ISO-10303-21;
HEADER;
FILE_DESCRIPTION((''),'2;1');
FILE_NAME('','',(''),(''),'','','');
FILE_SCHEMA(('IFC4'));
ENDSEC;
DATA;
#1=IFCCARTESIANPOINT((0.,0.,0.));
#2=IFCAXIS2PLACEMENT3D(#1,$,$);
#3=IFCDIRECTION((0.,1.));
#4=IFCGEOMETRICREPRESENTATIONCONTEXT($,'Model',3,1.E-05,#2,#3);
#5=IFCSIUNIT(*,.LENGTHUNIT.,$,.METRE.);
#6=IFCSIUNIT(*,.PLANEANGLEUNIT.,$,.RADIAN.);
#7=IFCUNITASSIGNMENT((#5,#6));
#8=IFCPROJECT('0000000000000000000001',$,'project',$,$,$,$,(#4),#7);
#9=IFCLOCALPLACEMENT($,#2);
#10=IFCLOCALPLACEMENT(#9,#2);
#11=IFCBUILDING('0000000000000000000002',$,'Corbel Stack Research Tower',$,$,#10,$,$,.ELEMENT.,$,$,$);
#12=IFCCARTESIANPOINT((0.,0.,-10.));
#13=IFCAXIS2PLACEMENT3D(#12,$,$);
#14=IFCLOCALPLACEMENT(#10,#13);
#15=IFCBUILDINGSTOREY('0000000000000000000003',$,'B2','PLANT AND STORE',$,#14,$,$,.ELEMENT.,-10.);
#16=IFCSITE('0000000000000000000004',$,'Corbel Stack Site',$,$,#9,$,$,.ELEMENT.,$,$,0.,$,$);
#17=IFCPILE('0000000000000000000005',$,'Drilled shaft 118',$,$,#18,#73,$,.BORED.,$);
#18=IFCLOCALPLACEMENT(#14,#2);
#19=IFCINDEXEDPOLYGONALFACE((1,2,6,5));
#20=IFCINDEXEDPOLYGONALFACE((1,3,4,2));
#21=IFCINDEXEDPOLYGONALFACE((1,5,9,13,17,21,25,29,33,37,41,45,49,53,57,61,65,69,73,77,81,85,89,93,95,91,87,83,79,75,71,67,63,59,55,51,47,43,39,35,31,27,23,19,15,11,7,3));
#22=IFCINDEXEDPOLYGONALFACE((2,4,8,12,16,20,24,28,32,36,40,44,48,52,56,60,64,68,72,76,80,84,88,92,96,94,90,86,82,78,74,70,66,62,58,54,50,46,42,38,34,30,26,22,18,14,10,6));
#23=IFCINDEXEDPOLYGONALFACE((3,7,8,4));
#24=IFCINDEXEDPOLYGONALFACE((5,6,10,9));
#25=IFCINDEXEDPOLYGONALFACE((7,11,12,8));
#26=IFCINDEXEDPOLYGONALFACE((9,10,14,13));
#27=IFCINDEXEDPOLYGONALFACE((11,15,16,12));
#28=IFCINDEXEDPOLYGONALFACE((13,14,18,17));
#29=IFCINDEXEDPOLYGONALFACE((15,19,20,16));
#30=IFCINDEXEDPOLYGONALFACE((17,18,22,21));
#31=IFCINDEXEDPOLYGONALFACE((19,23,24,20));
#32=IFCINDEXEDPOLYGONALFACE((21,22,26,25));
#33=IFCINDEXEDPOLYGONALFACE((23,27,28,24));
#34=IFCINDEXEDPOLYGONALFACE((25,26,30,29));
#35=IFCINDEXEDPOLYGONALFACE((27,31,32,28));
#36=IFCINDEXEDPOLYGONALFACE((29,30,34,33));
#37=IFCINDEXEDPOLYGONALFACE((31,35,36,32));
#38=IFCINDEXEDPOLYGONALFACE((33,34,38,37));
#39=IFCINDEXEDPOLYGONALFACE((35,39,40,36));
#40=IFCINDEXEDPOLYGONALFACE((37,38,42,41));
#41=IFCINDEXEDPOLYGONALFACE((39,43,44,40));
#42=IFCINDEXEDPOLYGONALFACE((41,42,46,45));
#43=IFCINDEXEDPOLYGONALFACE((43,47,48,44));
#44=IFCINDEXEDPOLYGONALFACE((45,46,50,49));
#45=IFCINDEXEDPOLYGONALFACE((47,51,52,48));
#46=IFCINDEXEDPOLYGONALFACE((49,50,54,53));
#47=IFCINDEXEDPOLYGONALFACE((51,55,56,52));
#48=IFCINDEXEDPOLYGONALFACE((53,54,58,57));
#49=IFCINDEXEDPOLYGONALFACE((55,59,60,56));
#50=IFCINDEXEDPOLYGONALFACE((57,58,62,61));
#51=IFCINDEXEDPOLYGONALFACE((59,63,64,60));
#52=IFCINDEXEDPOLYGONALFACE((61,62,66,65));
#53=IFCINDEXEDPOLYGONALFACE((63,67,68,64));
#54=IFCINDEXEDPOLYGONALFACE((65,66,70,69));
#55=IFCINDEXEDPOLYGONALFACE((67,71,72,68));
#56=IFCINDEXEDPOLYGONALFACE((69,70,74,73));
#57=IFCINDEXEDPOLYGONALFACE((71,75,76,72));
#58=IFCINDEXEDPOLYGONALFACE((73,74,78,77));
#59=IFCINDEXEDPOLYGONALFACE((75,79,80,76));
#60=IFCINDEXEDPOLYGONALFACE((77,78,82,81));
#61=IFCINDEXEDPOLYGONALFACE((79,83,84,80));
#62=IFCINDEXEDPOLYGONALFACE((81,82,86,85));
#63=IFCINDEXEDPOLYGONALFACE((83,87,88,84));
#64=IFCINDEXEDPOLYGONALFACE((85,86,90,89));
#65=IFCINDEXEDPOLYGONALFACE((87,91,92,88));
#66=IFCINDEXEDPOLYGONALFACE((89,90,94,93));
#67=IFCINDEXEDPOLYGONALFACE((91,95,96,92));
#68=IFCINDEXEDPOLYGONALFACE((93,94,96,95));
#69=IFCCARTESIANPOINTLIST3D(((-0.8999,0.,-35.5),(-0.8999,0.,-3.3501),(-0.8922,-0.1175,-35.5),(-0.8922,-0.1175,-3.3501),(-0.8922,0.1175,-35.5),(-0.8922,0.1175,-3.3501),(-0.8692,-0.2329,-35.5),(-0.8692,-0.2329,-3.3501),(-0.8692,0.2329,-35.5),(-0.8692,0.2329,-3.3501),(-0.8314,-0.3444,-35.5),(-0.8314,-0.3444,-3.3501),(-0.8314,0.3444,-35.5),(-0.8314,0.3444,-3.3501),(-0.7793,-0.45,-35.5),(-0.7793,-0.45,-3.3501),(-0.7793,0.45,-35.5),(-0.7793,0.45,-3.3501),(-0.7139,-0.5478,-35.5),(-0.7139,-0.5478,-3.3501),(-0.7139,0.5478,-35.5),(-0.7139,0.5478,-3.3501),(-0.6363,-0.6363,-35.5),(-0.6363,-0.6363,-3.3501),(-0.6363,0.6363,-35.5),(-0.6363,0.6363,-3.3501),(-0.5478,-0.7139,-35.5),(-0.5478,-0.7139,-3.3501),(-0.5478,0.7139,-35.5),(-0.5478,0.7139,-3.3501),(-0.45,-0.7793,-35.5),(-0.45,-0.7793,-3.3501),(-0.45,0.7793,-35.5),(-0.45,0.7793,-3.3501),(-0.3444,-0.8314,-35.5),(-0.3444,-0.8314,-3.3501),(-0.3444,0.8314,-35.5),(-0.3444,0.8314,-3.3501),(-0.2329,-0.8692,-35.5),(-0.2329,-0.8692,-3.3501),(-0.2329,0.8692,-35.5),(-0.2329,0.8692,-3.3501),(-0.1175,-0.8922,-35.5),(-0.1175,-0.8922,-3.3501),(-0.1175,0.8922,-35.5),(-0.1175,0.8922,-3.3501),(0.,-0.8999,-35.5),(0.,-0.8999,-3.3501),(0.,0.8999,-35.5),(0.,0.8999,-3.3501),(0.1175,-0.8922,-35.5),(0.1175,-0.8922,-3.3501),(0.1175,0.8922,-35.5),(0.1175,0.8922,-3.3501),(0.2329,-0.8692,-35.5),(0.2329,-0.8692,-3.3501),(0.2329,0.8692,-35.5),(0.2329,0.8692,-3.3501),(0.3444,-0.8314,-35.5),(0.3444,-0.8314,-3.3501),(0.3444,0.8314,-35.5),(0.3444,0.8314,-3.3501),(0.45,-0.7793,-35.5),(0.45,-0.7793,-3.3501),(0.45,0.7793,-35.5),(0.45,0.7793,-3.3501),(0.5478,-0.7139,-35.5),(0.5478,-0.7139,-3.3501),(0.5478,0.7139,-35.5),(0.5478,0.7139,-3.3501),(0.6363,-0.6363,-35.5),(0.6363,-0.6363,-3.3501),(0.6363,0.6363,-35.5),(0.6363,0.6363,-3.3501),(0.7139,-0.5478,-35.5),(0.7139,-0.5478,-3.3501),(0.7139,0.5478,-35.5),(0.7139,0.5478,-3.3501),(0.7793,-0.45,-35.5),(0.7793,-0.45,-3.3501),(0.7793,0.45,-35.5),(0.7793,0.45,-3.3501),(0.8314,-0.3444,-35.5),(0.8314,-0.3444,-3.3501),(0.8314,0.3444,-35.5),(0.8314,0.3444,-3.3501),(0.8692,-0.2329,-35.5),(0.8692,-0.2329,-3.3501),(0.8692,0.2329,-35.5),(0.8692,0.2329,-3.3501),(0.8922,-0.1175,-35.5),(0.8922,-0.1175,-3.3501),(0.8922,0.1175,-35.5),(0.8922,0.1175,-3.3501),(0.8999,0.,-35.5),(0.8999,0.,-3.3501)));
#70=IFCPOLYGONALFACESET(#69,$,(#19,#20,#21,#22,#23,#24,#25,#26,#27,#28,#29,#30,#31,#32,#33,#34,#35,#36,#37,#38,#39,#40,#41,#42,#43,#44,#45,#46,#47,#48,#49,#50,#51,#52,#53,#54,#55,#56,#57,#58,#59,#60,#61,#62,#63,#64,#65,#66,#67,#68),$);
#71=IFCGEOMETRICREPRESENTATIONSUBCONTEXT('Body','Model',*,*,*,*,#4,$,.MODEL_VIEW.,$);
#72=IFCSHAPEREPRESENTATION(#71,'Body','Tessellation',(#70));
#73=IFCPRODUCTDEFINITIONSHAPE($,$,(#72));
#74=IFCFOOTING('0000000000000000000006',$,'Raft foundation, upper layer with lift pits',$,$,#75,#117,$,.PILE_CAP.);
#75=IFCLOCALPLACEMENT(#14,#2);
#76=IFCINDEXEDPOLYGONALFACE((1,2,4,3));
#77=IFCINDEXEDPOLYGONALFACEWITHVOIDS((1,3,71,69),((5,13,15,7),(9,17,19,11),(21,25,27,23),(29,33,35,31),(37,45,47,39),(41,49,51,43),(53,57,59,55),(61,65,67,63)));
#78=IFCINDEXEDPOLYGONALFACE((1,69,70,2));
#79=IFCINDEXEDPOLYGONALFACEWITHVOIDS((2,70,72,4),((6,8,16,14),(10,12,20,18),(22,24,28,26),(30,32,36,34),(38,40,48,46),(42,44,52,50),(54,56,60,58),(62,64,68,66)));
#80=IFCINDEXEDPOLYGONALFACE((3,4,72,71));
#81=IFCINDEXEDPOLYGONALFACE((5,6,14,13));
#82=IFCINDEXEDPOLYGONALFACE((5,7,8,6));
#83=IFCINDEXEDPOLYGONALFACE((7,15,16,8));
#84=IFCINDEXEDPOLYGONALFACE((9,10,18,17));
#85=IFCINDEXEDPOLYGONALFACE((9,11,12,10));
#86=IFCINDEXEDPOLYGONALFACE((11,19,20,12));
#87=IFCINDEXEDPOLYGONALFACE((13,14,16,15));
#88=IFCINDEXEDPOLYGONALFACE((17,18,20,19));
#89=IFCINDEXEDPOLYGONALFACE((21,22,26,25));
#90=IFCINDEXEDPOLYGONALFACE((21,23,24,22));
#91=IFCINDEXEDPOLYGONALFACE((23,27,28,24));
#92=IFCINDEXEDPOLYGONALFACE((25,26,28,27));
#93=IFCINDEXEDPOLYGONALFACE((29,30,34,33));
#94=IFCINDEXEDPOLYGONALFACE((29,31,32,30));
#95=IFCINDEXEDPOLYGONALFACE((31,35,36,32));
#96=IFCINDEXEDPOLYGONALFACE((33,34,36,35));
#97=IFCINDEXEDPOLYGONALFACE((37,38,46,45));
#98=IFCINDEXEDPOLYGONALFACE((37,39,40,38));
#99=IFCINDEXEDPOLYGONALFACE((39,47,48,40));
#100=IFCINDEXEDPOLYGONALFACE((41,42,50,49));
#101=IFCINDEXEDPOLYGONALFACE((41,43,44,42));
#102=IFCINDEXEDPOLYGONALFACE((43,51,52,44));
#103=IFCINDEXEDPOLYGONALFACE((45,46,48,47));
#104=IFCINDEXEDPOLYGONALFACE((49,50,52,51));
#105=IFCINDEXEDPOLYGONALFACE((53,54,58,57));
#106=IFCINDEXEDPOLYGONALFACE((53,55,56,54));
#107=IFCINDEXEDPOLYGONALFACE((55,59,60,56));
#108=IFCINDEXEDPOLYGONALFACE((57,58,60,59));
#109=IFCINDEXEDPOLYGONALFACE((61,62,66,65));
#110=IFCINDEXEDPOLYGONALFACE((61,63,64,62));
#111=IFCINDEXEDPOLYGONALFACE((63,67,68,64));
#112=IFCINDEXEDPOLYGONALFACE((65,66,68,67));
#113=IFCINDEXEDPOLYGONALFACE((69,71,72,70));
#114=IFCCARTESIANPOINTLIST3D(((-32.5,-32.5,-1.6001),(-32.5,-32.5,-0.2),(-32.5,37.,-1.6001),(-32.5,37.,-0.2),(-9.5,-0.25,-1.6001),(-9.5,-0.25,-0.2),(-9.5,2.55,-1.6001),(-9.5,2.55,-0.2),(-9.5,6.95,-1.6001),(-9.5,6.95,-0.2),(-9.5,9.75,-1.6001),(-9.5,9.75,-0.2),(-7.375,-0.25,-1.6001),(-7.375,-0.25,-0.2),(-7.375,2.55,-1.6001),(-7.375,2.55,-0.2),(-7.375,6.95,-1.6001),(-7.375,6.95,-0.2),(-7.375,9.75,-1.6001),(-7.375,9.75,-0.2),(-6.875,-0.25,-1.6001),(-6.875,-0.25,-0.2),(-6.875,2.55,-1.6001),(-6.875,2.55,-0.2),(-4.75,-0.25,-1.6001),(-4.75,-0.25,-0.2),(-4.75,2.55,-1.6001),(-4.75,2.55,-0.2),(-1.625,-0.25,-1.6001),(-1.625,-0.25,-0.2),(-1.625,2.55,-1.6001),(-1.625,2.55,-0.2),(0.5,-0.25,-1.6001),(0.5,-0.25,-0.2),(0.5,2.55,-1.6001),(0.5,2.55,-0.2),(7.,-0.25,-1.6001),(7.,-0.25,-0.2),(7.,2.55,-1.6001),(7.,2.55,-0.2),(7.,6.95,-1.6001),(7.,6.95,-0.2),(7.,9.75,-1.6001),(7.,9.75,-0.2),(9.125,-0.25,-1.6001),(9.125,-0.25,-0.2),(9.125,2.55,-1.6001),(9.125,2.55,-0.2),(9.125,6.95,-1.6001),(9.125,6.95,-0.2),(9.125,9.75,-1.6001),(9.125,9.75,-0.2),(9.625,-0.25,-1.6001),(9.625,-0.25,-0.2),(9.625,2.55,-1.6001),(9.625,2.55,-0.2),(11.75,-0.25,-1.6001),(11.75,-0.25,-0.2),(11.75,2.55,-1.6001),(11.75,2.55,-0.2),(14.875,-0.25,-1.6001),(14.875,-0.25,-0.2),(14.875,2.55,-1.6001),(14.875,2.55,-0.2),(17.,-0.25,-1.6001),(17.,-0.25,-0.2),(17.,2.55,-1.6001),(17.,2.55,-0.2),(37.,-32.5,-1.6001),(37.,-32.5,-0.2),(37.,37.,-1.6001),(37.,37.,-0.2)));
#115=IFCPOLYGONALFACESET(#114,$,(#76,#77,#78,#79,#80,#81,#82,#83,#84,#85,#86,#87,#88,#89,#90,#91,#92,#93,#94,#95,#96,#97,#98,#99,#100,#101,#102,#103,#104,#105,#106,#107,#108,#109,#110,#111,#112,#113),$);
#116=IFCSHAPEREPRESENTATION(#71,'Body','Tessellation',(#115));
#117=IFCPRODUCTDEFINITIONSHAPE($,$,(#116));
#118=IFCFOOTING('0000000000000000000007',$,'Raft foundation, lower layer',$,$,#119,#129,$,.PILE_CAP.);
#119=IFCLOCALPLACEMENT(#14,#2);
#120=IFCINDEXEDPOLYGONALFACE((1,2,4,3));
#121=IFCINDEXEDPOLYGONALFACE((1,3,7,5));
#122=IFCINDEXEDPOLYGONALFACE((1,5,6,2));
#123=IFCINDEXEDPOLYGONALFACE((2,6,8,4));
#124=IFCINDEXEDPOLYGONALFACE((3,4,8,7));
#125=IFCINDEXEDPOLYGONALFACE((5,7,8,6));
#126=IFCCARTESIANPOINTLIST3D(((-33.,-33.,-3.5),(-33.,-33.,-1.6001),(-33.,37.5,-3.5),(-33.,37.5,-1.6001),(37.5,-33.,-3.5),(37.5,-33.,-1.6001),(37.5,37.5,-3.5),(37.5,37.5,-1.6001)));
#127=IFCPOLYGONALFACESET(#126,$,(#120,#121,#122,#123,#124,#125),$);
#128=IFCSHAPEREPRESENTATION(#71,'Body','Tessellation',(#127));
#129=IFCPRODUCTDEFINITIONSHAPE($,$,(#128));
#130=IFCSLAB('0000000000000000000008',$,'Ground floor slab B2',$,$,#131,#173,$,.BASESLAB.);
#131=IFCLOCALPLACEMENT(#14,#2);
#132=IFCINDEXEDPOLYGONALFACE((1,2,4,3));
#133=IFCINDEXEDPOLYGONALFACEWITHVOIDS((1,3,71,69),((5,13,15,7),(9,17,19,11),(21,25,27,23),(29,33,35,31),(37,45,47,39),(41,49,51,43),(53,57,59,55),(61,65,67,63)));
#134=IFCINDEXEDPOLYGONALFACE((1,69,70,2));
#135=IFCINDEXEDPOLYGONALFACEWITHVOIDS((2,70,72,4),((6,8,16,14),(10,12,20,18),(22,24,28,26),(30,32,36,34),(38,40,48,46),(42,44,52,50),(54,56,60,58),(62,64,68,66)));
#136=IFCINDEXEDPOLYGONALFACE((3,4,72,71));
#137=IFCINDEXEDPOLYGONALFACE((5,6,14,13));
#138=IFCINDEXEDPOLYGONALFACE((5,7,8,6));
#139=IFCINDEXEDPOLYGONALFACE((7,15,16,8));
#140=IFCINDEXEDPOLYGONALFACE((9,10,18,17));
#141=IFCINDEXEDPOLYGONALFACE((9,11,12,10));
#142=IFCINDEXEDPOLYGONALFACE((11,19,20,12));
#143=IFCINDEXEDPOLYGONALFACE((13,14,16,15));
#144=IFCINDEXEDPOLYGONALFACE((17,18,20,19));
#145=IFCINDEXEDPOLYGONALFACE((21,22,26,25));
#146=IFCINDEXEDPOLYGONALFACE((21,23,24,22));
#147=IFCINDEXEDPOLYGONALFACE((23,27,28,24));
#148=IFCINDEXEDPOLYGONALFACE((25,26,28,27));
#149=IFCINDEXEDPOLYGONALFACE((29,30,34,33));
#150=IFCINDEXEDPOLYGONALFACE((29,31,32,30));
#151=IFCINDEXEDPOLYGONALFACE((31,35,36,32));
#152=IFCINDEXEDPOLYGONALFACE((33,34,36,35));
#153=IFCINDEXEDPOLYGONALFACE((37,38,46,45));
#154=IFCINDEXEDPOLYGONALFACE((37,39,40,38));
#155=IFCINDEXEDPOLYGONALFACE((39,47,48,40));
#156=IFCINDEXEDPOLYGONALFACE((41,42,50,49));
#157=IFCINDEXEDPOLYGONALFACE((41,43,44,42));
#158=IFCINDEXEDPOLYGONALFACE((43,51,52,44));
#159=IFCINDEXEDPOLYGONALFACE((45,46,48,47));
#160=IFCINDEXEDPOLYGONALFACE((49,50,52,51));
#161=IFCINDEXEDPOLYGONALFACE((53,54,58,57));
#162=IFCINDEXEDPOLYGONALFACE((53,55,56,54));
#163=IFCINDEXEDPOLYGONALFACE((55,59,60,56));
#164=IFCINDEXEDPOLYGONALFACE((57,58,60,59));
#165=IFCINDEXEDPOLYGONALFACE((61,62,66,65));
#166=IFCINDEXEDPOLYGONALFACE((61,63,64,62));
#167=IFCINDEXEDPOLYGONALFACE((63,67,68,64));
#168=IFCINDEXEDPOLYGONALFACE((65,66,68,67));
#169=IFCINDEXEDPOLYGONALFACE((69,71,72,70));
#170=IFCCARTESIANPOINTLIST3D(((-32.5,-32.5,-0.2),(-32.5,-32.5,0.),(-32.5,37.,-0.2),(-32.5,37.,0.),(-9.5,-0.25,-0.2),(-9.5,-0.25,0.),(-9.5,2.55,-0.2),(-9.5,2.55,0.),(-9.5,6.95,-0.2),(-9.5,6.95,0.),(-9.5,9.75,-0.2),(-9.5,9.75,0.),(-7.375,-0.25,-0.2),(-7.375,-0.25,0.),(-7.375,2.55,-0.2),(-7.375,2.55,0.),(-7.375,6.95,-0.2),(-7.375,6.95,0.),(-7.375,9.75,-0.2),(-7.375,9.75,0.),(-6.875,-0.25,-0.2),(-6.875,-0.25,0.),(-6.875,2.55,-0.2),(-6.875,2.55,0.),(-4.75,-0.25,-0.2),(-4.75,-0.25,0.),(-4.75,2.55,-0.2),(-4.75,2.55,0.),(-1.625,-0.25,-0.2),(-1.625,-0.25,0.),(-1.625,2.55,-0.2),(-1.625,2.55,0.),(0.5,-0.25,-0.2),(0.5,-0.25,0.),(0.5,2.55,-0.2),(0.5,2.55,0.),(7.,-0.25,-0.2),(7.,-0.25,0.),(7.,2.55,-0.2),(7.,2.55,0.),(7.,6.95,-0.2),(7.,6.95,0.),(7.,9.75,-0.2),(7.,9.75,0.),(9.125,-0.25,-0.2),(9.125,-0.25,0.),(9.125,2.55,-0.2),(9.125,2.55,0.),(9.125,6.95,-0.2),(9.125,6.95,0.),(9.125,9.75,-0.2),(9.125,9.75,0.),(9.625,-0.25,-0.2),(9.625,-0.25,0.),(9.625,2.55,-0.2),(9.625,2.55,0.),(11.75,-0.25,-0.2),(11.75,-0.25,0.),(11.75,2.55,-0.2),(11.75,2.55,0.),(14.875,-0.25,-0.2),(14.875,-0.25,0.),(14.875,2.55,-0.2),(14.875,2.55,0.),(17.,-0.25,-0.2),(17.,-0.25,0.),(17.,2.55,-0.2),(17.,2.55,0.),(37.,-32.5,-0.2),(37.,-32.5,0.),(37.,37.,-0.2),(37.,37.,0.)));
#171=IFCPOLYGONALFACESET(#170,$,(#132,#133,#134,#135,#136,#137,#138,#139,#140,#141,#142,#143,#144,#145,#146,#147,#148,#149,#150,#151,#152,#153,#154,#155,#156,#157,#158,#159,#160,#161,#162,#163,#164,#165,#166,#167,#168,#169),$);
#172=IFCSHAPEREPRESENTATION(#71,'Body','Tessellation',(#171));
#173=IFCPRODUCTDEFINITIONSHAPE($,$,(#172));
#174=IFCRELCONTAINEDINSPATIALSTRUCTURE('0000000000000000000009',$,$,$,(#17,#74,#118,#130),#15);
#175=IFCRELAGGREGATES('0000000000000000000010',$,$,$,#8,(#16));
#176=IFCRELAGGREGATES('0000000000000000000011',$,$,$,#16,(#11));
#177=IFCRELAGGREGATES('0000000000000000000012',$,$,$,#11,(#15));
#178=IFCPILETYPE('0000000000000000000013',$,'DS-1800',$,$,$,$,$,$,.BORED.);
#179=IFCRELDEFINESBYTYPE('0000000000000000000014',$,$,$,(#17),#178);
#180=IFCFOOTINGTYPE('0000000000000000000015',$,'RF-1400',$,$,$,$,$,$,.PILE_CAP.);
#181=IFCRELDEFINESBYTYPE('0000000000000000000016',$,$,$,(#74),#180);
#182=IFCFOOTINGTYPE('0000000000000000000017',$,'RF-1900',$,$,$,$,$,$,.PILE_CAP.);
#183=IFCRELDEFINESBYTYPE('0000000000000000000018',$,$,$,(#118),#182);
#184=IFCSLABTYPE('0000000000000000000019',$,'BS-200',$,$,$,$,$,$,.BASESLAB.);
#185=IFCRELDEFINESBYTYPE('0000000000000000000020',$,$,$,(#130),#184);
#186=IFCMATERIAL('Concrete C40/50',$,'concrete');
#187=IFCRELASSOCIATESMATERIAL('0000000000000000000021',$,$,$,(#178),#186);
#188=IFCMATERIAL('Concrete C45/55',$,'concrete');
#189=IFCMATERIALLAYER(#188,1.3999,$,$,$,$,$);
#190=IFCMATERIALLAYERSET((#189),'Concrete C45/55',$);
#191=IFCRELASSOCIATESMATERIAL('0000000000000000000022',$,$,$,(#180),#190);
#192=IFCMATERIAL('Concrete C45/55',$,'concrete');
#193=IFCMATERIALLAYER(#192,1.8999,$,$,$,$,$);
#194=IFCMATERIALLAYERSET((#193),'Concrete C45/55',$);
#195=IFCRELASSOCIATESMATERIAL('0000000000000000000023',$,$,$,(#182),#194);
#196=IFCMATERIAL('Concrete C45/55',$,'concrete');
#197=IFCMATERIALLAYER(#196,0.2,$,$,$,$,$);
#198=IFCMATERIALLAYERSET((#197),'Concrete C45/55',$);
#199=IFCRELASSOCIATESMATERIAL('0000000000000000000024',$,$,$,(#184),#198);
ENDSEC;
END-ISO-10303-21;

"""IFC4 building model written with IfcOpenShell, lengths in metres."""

from ifc_helpers import new_model, si_unit, direction, frame, origin, origin_2d, place, context, subcontext, project, spatial, polyline, circle, outline, extrude, material, layer, layer_set, material_profile, profile_set, type_object, element, save


model = new_model("IFC4")

# Units and contexts
model_context = context("Model", 3, precision=1e-05, world=origin(), true_north=direction((0.0, 1.0)))
body_context = subcontext(model_context, "Body", "Model", "MODEL_VIEW")
ifc_project = project(units=[si_unit("LENGTHUNIT", "METRE"), si_unit("PLANEANGLEUNIT", "RADIAN")], contexts=[model_context])

# Site, building, storey
site_placement = place(None, origin())
site = spatial("IfcSite", under=ifc_project, at=site_placement, Name="Corbel Stack Site", CompositionType="ELEMENT", RefElevation=0.0)
building_placement = place(site_placement, origin())
building = spatial("IfcBuilding", under=site, at=building_placement, Name="Corbel Stack Research Tower", CompositionType="ELEMENT")
storey_placement = place(building_placement, frame((0.0, 0.0, -10.0)))
storey = spatial("IfcBuildingStorey", under=building, at=storey_placement, Name="B2", Description="PLANT AND STORE", CompositionType="ELEMENT", Elevation=-10.0)

# Pile
ifc_material_1 = material(Name="Concrete C40/50", Category="concrete")
ifc_material_profile = material_profile(ifc_material_1, circle(Radius=0.8999, at=origin_2d()), Name="Shaft 1800")
ifc_profile_set = profile_set([ifc_material_profile], Name="Concrete C40/50")
pile_type = type_object("IfcPileType", Name="DS-1800", PredefinedType="BORED", material=ifc_profile_set)
for number, where, z_axis, x_axis, name in (
    (1, (0.0, 0.0, -3.3501), (0.0, 0.0, -1.0), (1.0, 0.0, 0.0), "Drilled shaft 118"),
):
    element("IfcPile", number, at=place(storey_placement, frame(where, z_axis=z_axis, x_axis=x_axis)), inside=storey, type_object=pile_type, Name=name, PredefinedType="BORED", context=body_context, shape_type="SweptSolid", body=[
        extrude(circle(Radius=0.8999, at=origin_2d()), origin(), (0.0, 0.0, 1.0), 32.1499),
    ])

# Footings
ifc_material_2 = material(Name="Concrete C45/55", Category="concrete")
ifc_layer_1 = layer(ifc_material_2, 1.3999)
ifc_layer_set_1 = layer_set([ifc_layer_1], Name="Concrete C45/55")
footing_type_1 = type_object("IfcFootingType", Name="RF-1400", PredefinedType="PILE_CAP", material=ifc_layer_set_1)
footing_1_placement = place(storey_placement, frame((0.0, 0.0, -1.6001)))
element("IfcFooting", 2, at=footing_1_placement, inside=storey, type_object=footing_type_1, Name="Raft foundation, upper layer with lift pits", PredefinedType="PILE_CAP", context=body_context, shape_type="SweptSolid", body=[
    extrude(outline(polyline([(37.0, -32.5), (37.0, 37.0), (-32.5, 37.0), (-32.5, -32.5), (37.0, -32.5)]), holes=[polyline([(14.875, 2.55), (17.0, 2.55), (17.0, -0.25), (14.875, -0.25), (14.875, 2.55)]), polyline([(9.625, 2.55), (11.75, 2.55), (11.75, -0.25), (9.625, -0.25), (9.625, 2.55)]), polyline([(9.125, 2.55), (9.125, -0.25), (7.0, -0.25), (7.0, 2.55), (9.125, 2.55)]), polyline([(7.0, 6.95), (7.0, 9.75), (9.125, 9.75), (9.125, 6.95), (7.0, 6.95)]), polyline([(-1.625, 2.55), (0.5, 2.55), (0.5, -0.25), (-1.625, -0.25), (-1.625, 2.55)]), polyline([(-6.875, 2.55), (-4.75, 2.55), (-4.75, -0.25), (-6.875, -0.25), (-6.875, 2.55)]), polyline([(-7.375, 2.55), (-7.375, -0.25), (-9.5, -0.25), (-9.5, 2.55), (-7.375, 2.55)]), polyline([(-9.5, 6.95), (-9.5, 9.75), (-7.375, 9.75), (-7.375, 6.95), (-9.5, 6.95)])]), origin(), (0.0, 0.0, 1.0), 1.4001),
])
ifc_material_3 = material(Name="Concrete C45/55", Category="concrete")
ifc_layer_2 = layer(ifc_material_3, 1.8999)
ifc_layer_set_2 = layer_set([ifc_layer_2], Name="Concrete C45/55")
footing_type_2 = type_object("IfcFootingType", Name="RF-1900", PredefinedType="PILE_CAP", material=ifc_layer_set_2)
footing_2_placement = place(storey_placement, frame((0.0, 0.0, -3.5)))
element("IfcFooting", 3, at=footing_2_placement, inside=storey, type_object=footing_type_2, Name="Raft foundation, lower layer", PredefinedType="PILE_CAP", context=body_context, shape_type="SweptSolid", body=[
    extrude(outline(polyline([(-33.0, -33.0), (37.5, -33.0), (37.5, 37.5), (-33.0, 37.5), (-33.0, -33.0)])), origin(), (0.0, 0.0, 1.0), 1.8999),
])

# Slab
ifc_material_4 = material(Name="Concrete C45/55", Category="concrete")
ifc_layer_3 = layer(ifc_material_4, 0.2)
ifc_layer_set_3 = layer_set([ifc_layer_3], Name="Concrete C45/55")
slab_type_1 = type_object("IfcSlabType", Name="BS-200", PredefinedType="BASESLAB", material=ifc_layer_set_3)
slab_1_placement = place(storey_placement, frame((0.0, 0.0, -0.2)))
element("IfcSlab", 4, at=slab_1_placement, inside=storey, type_object=slab_type_1, Name="Ground floor slab B2", PredefinedType="BASESLAB", context=body_context, shape_type="SweptSolid", body=[
    extrude(outline(polyline([(37.0, -32.5), (37.0, 37.0), (-32.5, 37.0), (-32.5, -32.5), (37.0, -32.5)]), holes=[polyline([(14.875, 2.55), (17.0, 2.55), (17.0, -0.25), (14.875, -0.25), (14.875, 2.55)]), polyline([(9.625, 2.55), (11.75, 2.55), (11.75, -0.25), (9.625, -0.25), (9.625, 2.55)]), polyline([(9.125, 2.55), (9.125, -0.25), (7.0, -0.25), (7.0, 2.55), (9.125, 2.55)]), polyline([(7.0, 6.95), (7.0, 9.75), (9.125, 9.75), (9.125, 6.95), (7.0, 6.95)]), polyline([(-1.625, 2.55), (0.5, 2.55), (0.5, -0.25), (-1.625, -0.25), (-1.625, 2.55)]), polyline([(-6.875, 2.55), (-4.75, 2.55), (-4.75, -0.25), (-6.875, -0.25), (-6.875, 2.55)]), polyline([(-7.375, 2.55), (-7.375, -0.25), (-9.5, -0.25), (-9.5, 2.55), (-7.375, 2.55)]), polyline([(-9.5, 6.95), (-9.5, 9.75), (-7.375, 9.75), (-7.375, 6.95), (-9.5, 6.95)])]), origin(), (0.0, 0.0, 1.0), 0.2),
])

save(model, "model.ifc")
